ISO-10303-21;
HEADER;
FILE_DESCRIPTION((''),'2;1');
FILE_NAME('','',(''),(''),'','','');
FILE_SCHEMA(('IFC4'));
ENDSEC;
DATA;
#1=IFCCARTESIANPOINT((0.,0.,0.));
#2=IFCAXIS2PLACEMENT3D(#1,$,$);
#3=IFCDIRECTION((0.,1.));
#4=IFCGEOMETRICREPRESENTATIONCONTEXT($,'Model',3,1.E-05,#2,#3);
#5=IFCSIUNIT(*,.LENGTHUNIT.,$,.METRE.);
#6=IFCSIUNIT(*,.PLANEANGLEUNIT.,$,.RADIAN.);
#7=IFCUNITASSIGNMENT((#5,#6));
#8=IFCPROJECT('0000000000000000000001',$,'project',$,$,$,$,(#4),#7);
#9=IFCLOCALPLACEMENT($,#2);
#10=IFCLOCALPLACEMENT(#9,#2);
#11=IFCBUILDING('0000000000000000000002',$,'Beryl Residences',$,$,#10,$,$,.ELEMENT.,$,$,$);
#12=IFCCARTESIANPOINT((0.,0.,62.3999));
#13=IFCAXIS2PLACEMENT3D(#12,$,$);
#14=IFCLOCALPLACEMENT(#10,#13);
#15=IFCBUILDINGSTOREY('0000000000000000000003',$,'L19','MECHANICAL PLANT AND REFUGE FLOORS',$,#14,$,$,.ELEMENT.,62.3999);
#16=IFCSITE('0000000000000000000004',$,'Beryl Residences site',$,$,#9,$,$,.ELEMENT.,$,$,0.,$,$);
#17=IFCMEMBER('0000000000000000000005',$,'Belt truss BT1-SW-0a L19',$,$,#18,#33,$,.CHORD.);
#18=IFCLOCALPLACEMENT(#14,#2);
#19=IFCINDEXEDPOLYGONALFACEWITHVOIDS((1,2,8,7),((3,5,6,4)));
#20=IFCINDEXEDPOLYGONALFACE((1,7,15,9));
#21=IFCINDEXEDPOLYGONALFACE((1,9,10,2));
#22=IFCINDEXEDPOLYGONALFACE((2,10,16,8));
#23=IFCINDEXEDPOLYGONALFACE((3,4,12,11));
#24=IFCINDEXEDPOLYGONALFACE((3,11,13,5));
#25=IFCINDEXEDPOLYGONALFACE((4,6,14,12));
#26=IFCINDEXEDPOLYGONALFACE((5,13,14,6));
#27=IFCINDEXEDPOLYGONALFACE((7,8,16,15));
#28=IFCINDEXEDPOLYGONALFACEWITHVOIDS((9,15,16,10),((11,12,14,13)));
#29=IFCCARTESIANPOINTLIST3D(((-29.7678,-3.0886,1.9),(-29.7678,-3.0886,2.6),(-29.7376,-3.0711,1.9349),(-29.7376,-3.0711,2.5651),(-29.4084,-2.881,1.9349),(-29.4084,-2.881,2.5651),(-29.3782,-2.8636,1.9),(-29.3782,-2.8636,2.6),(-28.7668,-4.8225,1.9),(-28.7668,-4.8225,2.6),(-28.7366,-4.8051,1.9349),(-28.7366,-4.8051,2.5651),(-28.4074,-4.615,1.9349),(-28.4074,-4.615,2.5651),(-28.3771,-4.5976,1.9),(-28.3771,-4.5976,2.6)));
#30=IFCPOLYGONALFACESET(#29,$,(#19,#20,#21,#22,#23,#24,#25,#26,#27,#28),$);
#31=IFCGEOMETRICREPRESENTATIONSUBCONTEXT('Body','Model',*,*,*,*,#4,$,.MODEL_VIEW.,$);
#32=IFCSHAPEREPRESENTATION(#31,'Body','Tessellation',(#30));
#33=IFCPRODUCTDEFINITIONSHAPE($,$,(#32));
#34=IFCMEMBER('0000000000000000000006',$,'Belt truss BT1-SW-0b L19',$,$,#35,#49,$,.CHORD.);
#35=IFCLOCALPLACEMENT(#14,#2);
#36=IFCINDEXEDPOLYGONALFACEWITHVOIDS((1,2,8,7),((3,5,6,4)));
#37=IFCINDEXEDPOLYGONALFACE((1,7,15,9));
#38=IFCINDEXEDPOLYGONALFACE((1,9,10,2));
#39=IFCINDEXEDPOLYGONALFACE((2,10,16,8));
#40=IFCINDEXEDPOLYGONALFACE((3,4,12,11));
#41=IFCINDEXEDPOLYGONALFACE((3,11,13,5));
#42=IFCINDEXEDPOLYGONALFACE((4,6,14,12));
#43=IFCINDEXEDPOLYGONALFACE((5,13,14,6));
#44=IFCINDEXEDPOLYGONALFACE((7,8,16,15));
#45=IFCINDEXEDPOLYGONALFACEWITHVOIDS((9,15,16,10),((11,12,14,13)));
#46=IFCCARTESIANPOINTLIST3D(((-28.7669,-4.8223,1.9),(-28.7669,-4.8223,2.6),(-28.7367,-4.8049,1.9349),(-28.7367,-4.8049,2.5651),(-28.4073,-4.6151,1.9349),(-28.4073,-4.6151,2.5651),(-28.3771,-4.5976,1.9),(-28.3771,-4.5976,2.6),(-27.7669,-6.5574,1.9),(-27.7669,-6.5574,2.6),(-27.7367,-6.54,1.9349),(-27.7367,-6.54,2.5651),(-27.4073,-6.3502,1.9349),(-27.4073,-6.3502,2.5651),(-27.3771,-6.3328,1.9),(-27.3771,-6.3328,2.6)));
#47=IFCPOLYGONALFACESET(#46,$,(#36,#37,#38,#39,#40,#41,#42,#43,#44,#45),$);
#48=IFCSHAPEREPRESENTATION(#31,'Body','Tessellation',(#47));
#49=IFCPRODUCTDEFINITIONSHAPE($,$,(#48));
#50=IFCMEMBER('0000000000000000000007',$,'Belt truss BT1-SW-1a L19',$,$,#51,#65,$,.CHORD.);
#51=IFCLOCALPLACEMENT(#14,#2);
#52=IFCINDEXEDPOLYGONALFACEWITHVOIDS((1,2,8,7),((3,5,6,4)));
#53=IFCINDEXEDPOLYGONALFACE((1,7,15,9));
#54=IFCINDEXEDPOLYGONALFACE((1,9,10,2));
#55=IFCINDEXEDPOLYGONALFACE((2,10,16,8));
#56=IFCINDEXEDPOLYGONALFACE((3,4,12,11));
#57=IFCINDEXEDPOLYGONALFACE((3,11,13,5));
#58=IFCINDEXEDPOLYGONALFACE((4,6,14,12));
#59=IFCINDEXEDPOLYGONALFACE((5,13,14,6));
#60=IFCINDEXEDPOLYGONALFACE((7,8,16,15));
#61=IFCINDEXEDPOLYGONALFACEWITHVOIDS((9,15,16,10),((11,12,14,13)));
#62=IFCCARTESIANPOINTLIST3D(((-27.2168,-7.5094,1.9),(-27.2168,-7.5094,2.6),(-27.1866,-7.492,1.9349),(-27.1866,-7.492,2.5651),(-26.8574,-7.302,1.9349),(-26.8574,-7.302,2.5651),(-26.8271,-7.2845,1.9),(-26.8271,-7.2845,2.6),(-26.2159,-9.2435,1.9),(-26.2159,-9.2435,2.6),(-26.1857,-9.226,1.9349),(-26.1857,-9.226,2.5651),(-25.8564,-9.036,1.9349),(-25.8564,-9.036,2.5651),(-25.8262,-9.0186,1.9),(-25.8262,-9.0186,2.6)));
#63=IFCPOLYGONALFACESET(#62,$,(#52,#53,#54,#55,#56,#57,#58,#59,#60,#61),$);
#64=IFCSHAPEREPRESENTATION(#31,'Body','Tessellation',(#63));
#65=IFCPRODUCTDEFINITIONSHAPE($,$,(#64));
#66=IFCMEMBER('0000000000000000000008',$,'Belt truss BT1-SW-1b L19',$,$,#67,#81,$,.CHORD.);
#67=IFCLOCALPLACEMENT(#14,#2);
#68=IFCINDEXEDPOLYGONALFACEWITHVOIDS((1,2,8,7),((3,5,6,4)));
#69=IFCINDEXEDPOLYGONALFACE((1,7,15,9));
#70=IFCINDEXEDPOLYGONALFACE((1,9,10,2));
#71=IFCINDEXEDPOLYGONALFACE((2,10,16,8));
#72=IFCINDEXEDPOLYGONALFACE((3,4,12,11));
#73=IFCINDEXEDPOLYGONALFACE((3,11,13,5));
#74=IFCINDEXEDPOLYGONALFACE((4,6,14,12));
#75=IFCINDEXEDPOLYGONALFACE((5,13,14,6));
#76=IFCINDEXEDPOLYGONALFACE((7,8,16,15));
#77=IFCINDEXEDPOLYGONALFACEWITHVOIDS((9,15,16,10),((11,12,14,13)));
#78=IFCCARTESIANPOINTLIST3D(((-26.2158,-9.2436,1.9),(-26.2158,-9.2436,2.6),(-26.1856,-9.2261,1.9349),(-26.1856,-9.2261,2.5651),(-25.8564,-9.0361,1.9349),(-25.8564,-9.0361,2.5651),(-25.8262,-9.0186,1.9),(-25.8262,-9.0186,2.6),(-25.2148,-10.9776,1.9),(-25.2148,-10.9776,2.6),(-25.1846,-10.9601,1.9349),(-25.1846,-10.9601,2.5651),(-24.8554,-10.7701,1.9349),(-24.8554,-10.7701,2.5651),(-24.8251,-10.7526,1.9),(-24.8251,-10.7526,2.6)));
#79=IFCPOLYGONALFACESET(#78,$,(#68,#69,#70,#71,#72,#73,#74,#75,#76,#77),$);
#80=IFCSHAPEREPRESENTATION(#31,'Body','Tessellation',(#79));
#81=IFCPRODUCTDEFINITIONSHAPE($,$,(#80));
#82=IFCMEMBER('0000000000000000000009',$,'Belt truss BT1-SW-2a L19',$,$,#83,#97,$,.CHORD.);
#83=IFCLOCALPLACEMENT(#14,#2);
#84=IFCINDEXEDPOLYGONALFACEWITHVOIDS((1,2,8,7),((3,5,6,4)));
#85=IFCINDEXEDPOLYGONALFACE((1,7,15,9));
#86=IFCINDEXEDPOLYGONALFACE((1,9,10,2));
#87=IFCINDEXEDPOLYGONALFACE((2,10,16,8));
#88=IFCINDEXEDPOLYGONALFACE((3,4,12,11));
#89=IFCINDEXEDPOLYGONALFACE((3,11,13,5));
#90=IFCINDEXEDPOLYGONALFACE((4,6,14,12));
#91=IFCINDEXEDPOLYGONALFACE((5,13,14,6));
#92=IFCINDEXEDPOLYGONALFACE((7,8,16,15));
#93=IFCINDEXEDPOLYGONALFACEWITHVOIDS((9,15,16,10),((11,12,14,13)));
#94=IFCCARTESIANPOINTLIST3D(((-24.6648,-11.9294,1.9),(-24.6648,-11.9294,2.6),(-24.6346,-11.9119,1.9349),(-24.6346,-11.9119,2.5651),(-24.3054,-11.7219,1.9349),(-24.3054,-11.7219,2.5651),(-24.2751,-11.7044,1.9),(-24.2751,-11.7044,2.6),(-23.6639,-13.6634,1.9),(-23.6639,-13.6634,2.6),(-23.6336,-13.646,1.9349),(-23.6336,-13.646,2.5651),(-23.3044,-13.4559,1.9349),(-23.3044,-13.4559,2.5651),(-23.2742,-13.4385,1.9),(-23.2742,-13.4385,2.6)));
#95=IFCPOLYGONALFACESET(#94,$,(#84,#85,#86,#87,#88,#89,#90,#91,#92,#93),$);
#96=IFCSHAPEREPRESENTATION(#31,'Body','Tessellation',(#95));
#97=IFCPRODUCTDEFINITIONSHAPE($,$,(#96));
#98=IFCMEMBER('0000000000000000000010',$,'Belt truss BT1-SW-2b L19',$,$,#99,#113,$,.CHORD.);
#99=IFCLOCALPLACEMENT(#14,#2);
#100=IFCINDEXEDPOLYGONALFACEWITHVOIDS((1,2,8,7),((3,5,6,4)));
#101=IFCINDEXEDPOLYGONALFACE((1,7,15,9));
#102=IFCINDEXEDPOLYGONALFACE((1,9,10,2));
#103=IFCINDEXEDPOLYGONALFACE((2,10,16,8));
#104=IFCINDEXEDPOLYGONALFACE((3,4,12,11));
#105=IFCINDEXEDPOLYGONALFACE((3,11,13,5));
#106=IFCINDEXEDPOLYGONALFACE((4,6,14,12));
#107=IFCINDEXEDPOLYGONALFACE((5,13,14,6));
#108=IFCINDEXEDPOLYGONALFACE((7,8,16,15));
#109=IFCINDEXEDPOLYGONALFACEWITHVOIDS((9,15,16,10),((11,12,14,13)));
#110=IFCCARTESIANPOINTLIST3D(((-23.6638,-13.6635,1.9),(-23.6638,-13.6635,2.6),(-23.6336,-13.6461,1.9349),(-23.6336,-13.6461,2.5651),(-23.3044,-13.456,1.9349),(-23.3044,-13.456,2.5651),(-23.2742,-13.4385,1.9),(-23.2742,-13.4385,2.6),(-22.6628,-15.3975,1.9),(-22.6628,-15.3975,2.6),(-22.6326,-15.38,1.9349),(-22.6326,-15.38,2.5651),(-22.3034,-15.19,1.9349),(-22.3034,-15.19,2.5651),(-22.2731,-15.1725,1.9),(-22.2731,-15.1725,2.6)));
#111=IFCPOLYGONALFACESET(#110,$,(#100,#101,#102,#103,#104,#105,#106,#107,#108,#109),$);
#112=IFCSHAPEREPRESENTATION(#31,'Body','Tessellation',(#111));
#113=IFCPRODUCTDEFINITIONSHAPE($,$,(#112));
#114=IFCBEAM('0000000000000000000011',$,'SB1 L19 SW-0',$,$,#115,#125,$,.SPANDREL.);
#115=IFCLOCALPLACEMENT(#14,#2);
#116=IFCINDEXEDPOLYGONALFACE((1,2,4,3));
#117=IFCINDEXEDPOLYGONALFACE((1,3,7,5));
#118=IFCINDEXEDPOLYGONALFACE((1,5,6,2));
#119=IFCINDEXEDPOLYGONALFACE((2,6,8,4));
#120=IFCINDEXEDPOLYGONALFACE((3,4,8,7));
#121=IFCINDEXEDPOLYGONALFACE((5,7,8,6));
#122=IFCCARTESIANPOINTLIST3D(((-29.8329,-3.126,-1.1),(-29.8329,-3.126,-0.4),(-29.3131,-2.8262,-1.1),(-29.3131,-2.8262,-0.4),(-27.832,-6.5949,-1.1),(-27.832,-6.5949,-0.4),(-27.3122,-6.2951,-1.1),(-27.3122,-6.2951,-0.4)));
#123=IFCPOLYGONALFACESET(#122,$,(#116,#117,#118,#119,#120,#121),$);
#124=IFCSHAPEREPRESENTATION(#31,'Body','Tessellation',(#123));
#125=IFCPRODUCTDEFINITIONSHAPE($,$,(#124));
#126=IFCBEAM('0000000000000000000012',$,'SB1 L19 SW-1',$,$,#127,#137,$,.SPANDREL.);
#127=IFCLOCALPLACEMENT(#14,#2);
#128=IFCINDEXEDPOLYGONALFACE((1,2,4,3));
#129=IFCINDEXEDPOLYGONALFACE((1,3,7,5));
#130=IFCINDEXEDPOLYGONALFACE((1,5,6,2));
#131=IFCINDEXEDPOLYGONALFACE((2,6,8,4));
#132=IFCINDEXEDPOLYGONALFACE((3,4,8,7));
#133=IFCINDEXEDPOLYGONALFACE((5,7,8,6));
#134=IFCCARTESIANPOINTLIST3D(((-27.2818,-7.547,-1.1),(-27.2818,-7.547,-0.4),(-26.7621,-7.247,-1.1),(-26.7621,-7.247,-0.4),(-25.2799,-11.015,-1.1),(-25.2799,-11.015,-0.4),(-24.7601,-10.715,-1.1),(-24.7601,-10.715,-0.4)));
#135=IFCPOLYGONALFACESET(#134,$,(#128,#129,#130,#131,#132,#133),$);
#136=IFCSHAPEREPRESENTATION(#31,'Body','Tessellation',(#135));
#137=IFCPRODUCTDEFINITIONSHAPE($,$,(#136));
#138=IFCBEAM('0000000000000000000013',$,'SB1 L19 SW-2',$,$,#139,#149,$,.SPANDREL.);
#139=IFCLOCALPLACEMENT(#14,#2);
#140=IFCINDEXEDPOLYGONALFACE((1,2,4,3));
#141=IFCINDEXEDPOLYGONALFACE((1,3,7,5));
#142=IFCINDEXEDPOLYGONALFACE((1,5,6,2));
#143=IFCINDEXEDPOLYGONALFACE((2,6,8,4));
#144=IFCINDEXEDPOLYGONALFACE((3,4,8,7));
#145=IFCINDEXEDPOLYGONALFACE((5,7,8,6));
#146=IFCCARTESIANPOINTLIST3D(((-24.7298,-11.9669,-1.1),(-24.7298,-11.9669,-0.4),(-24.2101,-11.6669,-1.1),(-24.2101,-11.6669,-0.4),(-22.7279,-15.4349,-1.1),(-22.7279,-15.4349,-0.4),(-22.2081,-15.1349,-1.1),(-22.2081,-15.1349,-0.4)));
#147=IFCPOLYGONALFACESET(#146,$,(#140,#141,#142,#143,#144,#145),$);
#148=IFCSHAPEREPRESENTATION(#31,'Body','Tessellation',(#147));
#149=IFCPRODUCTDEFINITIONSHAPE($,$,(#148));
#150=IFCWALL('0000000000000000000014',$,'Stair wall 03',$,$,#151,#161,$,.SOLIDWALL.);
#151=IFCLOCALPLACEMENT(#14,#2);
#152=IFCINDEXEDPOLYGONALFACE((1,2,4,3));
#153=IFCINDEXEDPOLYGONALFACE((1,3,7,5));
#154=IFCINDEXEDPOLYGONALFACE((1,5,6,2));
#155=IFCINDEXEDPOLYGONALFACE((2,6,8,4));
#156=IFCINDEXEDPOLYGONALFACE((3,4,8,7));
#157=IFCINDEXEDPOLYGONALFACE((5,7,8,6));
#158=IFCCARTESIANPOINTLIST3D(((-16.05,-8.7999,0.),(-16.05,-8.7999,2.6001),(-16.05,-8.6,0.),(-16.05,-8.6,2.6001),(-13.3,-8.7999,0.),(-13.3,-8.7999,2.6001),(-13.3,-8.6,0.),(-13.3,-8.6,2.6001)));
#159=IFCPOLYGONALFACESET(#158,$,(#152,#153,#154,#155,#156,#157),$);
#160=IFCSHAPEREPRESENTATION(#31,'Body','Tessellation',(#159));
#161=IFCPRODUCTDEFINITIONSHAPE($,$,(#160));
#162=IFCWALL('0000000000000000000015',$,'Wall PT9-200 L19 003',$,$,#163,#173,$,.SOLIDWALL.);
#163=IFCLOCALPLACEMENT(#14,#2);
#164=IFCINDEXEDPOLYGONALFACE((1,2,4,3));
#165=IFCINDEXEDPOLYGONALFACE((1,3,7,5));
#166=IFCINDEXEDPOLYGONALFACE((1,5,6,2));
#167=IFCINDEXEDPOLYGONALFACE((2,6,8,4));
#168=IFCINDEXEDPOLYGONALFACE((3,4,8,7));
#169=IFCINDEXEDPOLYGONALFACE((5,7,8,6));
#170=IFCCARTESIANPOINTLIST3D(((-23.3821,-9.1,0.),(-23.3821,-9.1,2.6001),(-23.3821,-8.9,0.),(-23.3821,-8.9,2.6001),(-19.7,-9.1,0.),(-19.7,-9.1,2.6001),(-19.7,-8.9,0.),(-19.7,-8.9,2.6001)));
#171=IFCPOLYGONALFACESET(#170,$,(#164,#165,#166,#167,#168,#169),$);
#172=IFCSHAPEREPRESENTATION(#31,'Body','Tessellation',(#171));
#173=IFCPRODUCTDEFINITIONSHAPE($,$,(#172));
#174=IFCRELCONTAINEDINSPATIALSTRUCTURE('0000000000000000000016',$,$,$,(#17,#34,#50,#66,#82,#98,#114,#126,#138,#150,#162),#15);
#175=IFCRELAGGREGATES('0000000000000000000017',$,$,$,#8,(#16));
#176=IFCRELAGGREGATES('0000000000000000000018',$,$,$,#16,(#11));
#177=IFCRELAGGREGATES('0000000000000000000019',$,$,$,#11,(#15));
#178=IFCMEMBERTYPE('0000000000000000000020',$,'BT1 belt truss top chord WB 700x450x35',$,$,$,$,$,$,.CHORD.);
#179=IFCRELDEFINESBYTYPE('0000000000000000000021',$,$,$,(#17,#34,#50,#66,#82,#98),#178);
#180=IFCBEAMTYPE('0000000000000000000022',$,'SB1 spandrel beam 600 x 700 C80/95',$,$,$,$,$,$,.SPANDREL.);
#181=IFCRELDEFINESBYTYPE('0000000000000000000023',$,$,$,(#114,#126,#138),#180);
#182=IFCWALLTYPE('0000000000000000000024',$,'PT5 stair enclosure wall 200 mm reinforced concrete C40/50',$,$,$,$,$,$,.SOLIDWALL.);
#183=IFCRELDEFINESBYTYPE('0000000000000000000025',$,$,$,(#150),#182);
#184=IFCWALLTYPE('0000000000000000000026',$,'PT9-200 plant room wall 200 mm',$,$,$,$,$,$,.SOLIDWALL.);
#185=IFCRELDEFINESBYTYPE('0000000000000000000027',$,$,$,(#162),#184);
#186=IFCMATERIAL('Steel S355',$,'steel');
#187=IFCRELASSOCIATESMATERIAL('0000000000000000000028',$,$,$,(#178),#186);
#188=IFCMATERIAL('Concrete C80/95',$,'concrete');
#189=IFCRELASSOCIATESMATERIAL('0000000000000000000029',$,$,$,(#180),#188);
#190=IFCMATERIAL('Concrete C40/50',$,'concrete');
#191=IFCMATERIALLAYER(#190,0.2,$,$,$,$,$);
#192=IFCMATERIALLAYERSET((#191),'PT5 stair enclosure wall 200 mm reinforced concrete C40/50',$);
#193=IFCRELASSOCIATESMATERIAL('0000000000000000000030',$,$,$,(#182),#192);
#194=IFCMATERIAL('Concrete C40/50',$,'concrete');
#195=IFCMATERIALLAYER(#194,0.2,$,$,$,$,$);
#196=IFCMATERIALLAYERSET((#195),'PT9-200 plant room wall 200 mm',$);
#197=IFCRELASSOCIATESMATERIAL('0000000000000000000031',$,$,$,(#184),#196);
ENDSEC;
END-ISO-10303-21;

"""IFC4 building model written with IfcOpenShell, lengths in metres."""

from ifc_helpers import new_model, si_unit, direction, frame, frame_2d, origin, origin_2d, place, context, subcontext, project, spatial, rectangle, hollow_rectangle, extrude, material, layer, layer_set, material_profile, profile_set, type_object, element, save


model = new_model("IFC4")

# Units and contexts
model_context = context("Model", 3, precision=1e-05, world=origin(), true_north=direction((0.0, 1.0)))
body_context = subcontext(model_context, "Body", "Model", "MODEL_VIEW")
ifc_project = project(units=[si_unit("LENGTHUNIT", "METRE"), si_unit("PLANEANGLEUNIT", "RADIAN")], contexts=[model_context])

# Site, building, storey
site_placement = place(None, origin())
site = spatial("IfcSite", under=ifc_project, at=site_placement, Name="Beryl Residences site", CompositionType="ELEMENT", RefElevation=0.0)
building_placement = place(site_placement, origin())
building = spatial("IfcBuilding", under=site, at=building_placement, Name="Beryl Residences", CompositionType="ELEMENT")
storey_placement = place(building_placement, frame((0.0, 0.0, 62.3999)))
storey = spatial("IfcBuildingStorey", under=building, at=storey_placement, Name="L19", Description="MECHANICAL PLANT AND REFUGE FLOORS", CompositionType="ELEMENT", Elevation=62.3999)

# Members
ifc_material_1 = material(Name="Steel S355", Category="steel")
ifc_material_profile_1 = material_profile(ifc_material_1, hollow_rectangle(XDim=0.45, YDim=0.7, WallThickness=0.0349, at=origin_2d()))
ifc_profile_set_1 = profile_set([ifc_material_profile_1], Name="Steel S355")
member_type_1 = type_object("IfcMemberType", Name="BT1 belt truss top chord WB 700x450x35", PredefinedType="CHORD", material=ifc_profile_set_1)
member_1_placement = place(storey_placement, frame((-29.573, -2.9761, 2.25), z_axis=(0.499969, -0.866043, 0.0), x_axis=(0.866043, 0.499969, 0.0)))
element("IfcMember", 1, at=member_1_placement, inside=storey, type_object=member_type_1, Name="Belt truss BT1-SW-0a L19", PredefinedType="CHORD", context=body_context, shape_type="SweptSolid", body=[
    extrude(hollow_rectangle(XDim=0.45, YDim=0.7, WallThickness=0.0349, at=origin_2d()), origin(), (0.0, 0.0, 1.0), 2.0022),
])
member_2_placement = place(storey_placement, frame((-28.572, -4.71, 2.25), z_axis=(0.499339, -0.866407, 0.0), x_axis=(0.866407, 0.499339, 0.0)))
element("IfcMember", 2, at=member_2_placement, inside=storey, type_object=member_type_1, Name="Belt truss BT1-SW-0b L19", PredefinedType="CHORD", context=body_context, shape_type="SweptSolid", body=[
    extrude(hollow_rectangle(XDim=0.45, YDim=0.7, WallThickness=0.0349, at=origin_2d()), origin(), (0.0, 0.0, 1.0), 2.0027),
])
for number, where, z_axis, x_axis, name in (
    (3, (-27.022, -7.397, 2.25), (0.499916, -0.866074, 0.0), (0.866074, 0.499916, 0.0), "Belt truss BT1-SW-1a L19"),
    (4, (-26.021, -9.1311, 2.25), (0.499969, -0.866043, 0.0), (0.866043, 0.499969, 0.0), "Belt truss BT1-SW-1b L19"),
    (5, (-24.47, -11.8169, 2.25), (0.499916, -0.866074, 0.0), (0.866074, 0.499916, 0.0), "Belt truss BT1-SW-2a L19"),
    (6, (-23.469, -13.551, 2.25), (0.499969, -0.866043, 0.0), (0.866043, 0.499969, 0.0), "Belt truss BT1-SW-2b L19"),
):
    element("IfcMember", number, at=place(storey_placement, frame(where, z_axis=z_axis, x_axis=x_axis)), inside=storey, type_object=member_type_1, Name=name, PredefinedType="CHORD", context=body_context, shape_type="SweptSolid", body=[
        extrude(hollow_rectangle(XDim=0.45, YDim=0.7, WallThickness=0.0349, at=origin_2d()), origin(), (0.0, 0.0, 1.0), 2.0022),
    ])

# Beams
ifc_material_2 = material(Name="Concrete C80/95", Category="concrete")
ifc_material_profile_2 = material_profile(ifc_material_2, rectangle(XDim=0.6001, YDim=0.7, at=origin_2d()))
ifc_profile_set_2 = profile_set([ifc_material_profile_2], Name="Concrete C80/95")
beam_type = type_object("IfcBeamType", Name="SB1 spandrel beam 600 x 700 C80/95", PredefinedType="SPANDREL", material=ifc_profile_set_2)
beam_placement = place(storey_placement, frame((-29.573, -2.9761, -0.75), z_axis=(0.499654, -0.866225, 0.0), x_axis=(0.866225, 0.499654, 0.0)))
element("IfcBeam", 7, at=beam_placement, inside=storey, type_object=beam_type, Name="SB1 L19 SW-0", PredefinedType="SPANDREL", context=body_context, shape_type="SweptSolid", body=[
    extrude(rectangle(XDim=0.6001, YDim=0.7, at=origin_2d()), origin(), (0.0, 0.0, 1.0), 4.0046),
])
for number, where, z_axis, x_axis, name in (
    (8, (-27.022, -7.397, -0.75), (0.499942, -0.866059, 0.0), (0.866059, 0.499942, 0.0), "SB1 L19 SW-1"),
    (9, (-24.47, -11.8169, -0.75), (0.499942, -0.866059, 0.0), (0.866059, 0.499942, 0.0), "SB1 L19 SW-2"),
):
    element("IfcBeam", number, at=place(storey_placement, frame(where, z_axis=z_axis, x_axis=x_axis)), inside=storey, type_object=beam_type, Name=name, PredefinedType="SPANDREL", context=body_context, shape_type="SweptSolid", body=[
        extrude(rectangle(XDim=0.6001, YDim=0.7, at=origin_2d()), origin(), (0.0, 0.0, 1.0), 4.0044),
    ])

# Walls
ifc_material_3 = material(Name="Concrete C40/50", Category="concrete")
ifc_layer_1 = layer(ifc_material_3, 0.2)
ifc_layer_set_1 = layer_set([ifc_layer_1], Name="PT5 stair enclosure wall 200 mm reinforced concrete C40/50")
wall_type_1 = type_object("IfcWallType", Name="PT5 stair enclosure wall 200 mm reinforced concrete C40/50", PredefinedType="SOLIDWALL", material=ifc_layer_set_1)
wall_1_placement = place(storey_placement, frame((-16.05, -8.7, 0.0), z_axis=(0.0, 0.0, 1.0), x_axis=(1.0, 0.0, 0.0)))
element("IfcWall", 10, at=wall_1_placement, inside=storey, type_object=wall_type_1, Name="Stair wall 03", PredefinedType="SOLIDWALL", context=body_context, shape_type="SweptSolid", body=[
    extrude(rectangle(XDim=2.75, YDim=0.2, at=frame_2d((1.375, 0.0))), origin(), (0.0, 0.0, 1.0), 2.6001),
])
ifc_material_4 = material(Name="Concrete C40/50", Category="concrete")
ifc_layer_2 = layer(ifc_material_4, 0.2)
ifc_layer_set_2 = layer_set([ifc_layer_2], Name="PT9-200 plant room wall 200 mm")
wall_type_2 = type_object("IfcWallType", Name="PT9-200 plant room wall 200 mm", PredefinedType="SOLIDWALL", material=ifc_layer_set_2)
wall_2_placement = place(storey_placement, frame((-23.3821, -9.0, 0.0), z_axis=(0.0, 0.0, 1.0), x_axis=(1.0, 0.0, 0.0)))
element("IfcWall", 11, at=wall_2_placement, inside=storey, type_object=wall_type_2, Name="Wall PT9-200 L19 003", PredefinedType="SOLIDWALL", context=body_context, shape_type="SweptSolid", body=[
    extrude(rectangle(XDim=3.6821, YDim=0.2, at=frame_2d((1.8411, 0.0))), origin(), (0.0, 0.0, 1.0), 2.6001),
])

save(model, "model.ifc")
